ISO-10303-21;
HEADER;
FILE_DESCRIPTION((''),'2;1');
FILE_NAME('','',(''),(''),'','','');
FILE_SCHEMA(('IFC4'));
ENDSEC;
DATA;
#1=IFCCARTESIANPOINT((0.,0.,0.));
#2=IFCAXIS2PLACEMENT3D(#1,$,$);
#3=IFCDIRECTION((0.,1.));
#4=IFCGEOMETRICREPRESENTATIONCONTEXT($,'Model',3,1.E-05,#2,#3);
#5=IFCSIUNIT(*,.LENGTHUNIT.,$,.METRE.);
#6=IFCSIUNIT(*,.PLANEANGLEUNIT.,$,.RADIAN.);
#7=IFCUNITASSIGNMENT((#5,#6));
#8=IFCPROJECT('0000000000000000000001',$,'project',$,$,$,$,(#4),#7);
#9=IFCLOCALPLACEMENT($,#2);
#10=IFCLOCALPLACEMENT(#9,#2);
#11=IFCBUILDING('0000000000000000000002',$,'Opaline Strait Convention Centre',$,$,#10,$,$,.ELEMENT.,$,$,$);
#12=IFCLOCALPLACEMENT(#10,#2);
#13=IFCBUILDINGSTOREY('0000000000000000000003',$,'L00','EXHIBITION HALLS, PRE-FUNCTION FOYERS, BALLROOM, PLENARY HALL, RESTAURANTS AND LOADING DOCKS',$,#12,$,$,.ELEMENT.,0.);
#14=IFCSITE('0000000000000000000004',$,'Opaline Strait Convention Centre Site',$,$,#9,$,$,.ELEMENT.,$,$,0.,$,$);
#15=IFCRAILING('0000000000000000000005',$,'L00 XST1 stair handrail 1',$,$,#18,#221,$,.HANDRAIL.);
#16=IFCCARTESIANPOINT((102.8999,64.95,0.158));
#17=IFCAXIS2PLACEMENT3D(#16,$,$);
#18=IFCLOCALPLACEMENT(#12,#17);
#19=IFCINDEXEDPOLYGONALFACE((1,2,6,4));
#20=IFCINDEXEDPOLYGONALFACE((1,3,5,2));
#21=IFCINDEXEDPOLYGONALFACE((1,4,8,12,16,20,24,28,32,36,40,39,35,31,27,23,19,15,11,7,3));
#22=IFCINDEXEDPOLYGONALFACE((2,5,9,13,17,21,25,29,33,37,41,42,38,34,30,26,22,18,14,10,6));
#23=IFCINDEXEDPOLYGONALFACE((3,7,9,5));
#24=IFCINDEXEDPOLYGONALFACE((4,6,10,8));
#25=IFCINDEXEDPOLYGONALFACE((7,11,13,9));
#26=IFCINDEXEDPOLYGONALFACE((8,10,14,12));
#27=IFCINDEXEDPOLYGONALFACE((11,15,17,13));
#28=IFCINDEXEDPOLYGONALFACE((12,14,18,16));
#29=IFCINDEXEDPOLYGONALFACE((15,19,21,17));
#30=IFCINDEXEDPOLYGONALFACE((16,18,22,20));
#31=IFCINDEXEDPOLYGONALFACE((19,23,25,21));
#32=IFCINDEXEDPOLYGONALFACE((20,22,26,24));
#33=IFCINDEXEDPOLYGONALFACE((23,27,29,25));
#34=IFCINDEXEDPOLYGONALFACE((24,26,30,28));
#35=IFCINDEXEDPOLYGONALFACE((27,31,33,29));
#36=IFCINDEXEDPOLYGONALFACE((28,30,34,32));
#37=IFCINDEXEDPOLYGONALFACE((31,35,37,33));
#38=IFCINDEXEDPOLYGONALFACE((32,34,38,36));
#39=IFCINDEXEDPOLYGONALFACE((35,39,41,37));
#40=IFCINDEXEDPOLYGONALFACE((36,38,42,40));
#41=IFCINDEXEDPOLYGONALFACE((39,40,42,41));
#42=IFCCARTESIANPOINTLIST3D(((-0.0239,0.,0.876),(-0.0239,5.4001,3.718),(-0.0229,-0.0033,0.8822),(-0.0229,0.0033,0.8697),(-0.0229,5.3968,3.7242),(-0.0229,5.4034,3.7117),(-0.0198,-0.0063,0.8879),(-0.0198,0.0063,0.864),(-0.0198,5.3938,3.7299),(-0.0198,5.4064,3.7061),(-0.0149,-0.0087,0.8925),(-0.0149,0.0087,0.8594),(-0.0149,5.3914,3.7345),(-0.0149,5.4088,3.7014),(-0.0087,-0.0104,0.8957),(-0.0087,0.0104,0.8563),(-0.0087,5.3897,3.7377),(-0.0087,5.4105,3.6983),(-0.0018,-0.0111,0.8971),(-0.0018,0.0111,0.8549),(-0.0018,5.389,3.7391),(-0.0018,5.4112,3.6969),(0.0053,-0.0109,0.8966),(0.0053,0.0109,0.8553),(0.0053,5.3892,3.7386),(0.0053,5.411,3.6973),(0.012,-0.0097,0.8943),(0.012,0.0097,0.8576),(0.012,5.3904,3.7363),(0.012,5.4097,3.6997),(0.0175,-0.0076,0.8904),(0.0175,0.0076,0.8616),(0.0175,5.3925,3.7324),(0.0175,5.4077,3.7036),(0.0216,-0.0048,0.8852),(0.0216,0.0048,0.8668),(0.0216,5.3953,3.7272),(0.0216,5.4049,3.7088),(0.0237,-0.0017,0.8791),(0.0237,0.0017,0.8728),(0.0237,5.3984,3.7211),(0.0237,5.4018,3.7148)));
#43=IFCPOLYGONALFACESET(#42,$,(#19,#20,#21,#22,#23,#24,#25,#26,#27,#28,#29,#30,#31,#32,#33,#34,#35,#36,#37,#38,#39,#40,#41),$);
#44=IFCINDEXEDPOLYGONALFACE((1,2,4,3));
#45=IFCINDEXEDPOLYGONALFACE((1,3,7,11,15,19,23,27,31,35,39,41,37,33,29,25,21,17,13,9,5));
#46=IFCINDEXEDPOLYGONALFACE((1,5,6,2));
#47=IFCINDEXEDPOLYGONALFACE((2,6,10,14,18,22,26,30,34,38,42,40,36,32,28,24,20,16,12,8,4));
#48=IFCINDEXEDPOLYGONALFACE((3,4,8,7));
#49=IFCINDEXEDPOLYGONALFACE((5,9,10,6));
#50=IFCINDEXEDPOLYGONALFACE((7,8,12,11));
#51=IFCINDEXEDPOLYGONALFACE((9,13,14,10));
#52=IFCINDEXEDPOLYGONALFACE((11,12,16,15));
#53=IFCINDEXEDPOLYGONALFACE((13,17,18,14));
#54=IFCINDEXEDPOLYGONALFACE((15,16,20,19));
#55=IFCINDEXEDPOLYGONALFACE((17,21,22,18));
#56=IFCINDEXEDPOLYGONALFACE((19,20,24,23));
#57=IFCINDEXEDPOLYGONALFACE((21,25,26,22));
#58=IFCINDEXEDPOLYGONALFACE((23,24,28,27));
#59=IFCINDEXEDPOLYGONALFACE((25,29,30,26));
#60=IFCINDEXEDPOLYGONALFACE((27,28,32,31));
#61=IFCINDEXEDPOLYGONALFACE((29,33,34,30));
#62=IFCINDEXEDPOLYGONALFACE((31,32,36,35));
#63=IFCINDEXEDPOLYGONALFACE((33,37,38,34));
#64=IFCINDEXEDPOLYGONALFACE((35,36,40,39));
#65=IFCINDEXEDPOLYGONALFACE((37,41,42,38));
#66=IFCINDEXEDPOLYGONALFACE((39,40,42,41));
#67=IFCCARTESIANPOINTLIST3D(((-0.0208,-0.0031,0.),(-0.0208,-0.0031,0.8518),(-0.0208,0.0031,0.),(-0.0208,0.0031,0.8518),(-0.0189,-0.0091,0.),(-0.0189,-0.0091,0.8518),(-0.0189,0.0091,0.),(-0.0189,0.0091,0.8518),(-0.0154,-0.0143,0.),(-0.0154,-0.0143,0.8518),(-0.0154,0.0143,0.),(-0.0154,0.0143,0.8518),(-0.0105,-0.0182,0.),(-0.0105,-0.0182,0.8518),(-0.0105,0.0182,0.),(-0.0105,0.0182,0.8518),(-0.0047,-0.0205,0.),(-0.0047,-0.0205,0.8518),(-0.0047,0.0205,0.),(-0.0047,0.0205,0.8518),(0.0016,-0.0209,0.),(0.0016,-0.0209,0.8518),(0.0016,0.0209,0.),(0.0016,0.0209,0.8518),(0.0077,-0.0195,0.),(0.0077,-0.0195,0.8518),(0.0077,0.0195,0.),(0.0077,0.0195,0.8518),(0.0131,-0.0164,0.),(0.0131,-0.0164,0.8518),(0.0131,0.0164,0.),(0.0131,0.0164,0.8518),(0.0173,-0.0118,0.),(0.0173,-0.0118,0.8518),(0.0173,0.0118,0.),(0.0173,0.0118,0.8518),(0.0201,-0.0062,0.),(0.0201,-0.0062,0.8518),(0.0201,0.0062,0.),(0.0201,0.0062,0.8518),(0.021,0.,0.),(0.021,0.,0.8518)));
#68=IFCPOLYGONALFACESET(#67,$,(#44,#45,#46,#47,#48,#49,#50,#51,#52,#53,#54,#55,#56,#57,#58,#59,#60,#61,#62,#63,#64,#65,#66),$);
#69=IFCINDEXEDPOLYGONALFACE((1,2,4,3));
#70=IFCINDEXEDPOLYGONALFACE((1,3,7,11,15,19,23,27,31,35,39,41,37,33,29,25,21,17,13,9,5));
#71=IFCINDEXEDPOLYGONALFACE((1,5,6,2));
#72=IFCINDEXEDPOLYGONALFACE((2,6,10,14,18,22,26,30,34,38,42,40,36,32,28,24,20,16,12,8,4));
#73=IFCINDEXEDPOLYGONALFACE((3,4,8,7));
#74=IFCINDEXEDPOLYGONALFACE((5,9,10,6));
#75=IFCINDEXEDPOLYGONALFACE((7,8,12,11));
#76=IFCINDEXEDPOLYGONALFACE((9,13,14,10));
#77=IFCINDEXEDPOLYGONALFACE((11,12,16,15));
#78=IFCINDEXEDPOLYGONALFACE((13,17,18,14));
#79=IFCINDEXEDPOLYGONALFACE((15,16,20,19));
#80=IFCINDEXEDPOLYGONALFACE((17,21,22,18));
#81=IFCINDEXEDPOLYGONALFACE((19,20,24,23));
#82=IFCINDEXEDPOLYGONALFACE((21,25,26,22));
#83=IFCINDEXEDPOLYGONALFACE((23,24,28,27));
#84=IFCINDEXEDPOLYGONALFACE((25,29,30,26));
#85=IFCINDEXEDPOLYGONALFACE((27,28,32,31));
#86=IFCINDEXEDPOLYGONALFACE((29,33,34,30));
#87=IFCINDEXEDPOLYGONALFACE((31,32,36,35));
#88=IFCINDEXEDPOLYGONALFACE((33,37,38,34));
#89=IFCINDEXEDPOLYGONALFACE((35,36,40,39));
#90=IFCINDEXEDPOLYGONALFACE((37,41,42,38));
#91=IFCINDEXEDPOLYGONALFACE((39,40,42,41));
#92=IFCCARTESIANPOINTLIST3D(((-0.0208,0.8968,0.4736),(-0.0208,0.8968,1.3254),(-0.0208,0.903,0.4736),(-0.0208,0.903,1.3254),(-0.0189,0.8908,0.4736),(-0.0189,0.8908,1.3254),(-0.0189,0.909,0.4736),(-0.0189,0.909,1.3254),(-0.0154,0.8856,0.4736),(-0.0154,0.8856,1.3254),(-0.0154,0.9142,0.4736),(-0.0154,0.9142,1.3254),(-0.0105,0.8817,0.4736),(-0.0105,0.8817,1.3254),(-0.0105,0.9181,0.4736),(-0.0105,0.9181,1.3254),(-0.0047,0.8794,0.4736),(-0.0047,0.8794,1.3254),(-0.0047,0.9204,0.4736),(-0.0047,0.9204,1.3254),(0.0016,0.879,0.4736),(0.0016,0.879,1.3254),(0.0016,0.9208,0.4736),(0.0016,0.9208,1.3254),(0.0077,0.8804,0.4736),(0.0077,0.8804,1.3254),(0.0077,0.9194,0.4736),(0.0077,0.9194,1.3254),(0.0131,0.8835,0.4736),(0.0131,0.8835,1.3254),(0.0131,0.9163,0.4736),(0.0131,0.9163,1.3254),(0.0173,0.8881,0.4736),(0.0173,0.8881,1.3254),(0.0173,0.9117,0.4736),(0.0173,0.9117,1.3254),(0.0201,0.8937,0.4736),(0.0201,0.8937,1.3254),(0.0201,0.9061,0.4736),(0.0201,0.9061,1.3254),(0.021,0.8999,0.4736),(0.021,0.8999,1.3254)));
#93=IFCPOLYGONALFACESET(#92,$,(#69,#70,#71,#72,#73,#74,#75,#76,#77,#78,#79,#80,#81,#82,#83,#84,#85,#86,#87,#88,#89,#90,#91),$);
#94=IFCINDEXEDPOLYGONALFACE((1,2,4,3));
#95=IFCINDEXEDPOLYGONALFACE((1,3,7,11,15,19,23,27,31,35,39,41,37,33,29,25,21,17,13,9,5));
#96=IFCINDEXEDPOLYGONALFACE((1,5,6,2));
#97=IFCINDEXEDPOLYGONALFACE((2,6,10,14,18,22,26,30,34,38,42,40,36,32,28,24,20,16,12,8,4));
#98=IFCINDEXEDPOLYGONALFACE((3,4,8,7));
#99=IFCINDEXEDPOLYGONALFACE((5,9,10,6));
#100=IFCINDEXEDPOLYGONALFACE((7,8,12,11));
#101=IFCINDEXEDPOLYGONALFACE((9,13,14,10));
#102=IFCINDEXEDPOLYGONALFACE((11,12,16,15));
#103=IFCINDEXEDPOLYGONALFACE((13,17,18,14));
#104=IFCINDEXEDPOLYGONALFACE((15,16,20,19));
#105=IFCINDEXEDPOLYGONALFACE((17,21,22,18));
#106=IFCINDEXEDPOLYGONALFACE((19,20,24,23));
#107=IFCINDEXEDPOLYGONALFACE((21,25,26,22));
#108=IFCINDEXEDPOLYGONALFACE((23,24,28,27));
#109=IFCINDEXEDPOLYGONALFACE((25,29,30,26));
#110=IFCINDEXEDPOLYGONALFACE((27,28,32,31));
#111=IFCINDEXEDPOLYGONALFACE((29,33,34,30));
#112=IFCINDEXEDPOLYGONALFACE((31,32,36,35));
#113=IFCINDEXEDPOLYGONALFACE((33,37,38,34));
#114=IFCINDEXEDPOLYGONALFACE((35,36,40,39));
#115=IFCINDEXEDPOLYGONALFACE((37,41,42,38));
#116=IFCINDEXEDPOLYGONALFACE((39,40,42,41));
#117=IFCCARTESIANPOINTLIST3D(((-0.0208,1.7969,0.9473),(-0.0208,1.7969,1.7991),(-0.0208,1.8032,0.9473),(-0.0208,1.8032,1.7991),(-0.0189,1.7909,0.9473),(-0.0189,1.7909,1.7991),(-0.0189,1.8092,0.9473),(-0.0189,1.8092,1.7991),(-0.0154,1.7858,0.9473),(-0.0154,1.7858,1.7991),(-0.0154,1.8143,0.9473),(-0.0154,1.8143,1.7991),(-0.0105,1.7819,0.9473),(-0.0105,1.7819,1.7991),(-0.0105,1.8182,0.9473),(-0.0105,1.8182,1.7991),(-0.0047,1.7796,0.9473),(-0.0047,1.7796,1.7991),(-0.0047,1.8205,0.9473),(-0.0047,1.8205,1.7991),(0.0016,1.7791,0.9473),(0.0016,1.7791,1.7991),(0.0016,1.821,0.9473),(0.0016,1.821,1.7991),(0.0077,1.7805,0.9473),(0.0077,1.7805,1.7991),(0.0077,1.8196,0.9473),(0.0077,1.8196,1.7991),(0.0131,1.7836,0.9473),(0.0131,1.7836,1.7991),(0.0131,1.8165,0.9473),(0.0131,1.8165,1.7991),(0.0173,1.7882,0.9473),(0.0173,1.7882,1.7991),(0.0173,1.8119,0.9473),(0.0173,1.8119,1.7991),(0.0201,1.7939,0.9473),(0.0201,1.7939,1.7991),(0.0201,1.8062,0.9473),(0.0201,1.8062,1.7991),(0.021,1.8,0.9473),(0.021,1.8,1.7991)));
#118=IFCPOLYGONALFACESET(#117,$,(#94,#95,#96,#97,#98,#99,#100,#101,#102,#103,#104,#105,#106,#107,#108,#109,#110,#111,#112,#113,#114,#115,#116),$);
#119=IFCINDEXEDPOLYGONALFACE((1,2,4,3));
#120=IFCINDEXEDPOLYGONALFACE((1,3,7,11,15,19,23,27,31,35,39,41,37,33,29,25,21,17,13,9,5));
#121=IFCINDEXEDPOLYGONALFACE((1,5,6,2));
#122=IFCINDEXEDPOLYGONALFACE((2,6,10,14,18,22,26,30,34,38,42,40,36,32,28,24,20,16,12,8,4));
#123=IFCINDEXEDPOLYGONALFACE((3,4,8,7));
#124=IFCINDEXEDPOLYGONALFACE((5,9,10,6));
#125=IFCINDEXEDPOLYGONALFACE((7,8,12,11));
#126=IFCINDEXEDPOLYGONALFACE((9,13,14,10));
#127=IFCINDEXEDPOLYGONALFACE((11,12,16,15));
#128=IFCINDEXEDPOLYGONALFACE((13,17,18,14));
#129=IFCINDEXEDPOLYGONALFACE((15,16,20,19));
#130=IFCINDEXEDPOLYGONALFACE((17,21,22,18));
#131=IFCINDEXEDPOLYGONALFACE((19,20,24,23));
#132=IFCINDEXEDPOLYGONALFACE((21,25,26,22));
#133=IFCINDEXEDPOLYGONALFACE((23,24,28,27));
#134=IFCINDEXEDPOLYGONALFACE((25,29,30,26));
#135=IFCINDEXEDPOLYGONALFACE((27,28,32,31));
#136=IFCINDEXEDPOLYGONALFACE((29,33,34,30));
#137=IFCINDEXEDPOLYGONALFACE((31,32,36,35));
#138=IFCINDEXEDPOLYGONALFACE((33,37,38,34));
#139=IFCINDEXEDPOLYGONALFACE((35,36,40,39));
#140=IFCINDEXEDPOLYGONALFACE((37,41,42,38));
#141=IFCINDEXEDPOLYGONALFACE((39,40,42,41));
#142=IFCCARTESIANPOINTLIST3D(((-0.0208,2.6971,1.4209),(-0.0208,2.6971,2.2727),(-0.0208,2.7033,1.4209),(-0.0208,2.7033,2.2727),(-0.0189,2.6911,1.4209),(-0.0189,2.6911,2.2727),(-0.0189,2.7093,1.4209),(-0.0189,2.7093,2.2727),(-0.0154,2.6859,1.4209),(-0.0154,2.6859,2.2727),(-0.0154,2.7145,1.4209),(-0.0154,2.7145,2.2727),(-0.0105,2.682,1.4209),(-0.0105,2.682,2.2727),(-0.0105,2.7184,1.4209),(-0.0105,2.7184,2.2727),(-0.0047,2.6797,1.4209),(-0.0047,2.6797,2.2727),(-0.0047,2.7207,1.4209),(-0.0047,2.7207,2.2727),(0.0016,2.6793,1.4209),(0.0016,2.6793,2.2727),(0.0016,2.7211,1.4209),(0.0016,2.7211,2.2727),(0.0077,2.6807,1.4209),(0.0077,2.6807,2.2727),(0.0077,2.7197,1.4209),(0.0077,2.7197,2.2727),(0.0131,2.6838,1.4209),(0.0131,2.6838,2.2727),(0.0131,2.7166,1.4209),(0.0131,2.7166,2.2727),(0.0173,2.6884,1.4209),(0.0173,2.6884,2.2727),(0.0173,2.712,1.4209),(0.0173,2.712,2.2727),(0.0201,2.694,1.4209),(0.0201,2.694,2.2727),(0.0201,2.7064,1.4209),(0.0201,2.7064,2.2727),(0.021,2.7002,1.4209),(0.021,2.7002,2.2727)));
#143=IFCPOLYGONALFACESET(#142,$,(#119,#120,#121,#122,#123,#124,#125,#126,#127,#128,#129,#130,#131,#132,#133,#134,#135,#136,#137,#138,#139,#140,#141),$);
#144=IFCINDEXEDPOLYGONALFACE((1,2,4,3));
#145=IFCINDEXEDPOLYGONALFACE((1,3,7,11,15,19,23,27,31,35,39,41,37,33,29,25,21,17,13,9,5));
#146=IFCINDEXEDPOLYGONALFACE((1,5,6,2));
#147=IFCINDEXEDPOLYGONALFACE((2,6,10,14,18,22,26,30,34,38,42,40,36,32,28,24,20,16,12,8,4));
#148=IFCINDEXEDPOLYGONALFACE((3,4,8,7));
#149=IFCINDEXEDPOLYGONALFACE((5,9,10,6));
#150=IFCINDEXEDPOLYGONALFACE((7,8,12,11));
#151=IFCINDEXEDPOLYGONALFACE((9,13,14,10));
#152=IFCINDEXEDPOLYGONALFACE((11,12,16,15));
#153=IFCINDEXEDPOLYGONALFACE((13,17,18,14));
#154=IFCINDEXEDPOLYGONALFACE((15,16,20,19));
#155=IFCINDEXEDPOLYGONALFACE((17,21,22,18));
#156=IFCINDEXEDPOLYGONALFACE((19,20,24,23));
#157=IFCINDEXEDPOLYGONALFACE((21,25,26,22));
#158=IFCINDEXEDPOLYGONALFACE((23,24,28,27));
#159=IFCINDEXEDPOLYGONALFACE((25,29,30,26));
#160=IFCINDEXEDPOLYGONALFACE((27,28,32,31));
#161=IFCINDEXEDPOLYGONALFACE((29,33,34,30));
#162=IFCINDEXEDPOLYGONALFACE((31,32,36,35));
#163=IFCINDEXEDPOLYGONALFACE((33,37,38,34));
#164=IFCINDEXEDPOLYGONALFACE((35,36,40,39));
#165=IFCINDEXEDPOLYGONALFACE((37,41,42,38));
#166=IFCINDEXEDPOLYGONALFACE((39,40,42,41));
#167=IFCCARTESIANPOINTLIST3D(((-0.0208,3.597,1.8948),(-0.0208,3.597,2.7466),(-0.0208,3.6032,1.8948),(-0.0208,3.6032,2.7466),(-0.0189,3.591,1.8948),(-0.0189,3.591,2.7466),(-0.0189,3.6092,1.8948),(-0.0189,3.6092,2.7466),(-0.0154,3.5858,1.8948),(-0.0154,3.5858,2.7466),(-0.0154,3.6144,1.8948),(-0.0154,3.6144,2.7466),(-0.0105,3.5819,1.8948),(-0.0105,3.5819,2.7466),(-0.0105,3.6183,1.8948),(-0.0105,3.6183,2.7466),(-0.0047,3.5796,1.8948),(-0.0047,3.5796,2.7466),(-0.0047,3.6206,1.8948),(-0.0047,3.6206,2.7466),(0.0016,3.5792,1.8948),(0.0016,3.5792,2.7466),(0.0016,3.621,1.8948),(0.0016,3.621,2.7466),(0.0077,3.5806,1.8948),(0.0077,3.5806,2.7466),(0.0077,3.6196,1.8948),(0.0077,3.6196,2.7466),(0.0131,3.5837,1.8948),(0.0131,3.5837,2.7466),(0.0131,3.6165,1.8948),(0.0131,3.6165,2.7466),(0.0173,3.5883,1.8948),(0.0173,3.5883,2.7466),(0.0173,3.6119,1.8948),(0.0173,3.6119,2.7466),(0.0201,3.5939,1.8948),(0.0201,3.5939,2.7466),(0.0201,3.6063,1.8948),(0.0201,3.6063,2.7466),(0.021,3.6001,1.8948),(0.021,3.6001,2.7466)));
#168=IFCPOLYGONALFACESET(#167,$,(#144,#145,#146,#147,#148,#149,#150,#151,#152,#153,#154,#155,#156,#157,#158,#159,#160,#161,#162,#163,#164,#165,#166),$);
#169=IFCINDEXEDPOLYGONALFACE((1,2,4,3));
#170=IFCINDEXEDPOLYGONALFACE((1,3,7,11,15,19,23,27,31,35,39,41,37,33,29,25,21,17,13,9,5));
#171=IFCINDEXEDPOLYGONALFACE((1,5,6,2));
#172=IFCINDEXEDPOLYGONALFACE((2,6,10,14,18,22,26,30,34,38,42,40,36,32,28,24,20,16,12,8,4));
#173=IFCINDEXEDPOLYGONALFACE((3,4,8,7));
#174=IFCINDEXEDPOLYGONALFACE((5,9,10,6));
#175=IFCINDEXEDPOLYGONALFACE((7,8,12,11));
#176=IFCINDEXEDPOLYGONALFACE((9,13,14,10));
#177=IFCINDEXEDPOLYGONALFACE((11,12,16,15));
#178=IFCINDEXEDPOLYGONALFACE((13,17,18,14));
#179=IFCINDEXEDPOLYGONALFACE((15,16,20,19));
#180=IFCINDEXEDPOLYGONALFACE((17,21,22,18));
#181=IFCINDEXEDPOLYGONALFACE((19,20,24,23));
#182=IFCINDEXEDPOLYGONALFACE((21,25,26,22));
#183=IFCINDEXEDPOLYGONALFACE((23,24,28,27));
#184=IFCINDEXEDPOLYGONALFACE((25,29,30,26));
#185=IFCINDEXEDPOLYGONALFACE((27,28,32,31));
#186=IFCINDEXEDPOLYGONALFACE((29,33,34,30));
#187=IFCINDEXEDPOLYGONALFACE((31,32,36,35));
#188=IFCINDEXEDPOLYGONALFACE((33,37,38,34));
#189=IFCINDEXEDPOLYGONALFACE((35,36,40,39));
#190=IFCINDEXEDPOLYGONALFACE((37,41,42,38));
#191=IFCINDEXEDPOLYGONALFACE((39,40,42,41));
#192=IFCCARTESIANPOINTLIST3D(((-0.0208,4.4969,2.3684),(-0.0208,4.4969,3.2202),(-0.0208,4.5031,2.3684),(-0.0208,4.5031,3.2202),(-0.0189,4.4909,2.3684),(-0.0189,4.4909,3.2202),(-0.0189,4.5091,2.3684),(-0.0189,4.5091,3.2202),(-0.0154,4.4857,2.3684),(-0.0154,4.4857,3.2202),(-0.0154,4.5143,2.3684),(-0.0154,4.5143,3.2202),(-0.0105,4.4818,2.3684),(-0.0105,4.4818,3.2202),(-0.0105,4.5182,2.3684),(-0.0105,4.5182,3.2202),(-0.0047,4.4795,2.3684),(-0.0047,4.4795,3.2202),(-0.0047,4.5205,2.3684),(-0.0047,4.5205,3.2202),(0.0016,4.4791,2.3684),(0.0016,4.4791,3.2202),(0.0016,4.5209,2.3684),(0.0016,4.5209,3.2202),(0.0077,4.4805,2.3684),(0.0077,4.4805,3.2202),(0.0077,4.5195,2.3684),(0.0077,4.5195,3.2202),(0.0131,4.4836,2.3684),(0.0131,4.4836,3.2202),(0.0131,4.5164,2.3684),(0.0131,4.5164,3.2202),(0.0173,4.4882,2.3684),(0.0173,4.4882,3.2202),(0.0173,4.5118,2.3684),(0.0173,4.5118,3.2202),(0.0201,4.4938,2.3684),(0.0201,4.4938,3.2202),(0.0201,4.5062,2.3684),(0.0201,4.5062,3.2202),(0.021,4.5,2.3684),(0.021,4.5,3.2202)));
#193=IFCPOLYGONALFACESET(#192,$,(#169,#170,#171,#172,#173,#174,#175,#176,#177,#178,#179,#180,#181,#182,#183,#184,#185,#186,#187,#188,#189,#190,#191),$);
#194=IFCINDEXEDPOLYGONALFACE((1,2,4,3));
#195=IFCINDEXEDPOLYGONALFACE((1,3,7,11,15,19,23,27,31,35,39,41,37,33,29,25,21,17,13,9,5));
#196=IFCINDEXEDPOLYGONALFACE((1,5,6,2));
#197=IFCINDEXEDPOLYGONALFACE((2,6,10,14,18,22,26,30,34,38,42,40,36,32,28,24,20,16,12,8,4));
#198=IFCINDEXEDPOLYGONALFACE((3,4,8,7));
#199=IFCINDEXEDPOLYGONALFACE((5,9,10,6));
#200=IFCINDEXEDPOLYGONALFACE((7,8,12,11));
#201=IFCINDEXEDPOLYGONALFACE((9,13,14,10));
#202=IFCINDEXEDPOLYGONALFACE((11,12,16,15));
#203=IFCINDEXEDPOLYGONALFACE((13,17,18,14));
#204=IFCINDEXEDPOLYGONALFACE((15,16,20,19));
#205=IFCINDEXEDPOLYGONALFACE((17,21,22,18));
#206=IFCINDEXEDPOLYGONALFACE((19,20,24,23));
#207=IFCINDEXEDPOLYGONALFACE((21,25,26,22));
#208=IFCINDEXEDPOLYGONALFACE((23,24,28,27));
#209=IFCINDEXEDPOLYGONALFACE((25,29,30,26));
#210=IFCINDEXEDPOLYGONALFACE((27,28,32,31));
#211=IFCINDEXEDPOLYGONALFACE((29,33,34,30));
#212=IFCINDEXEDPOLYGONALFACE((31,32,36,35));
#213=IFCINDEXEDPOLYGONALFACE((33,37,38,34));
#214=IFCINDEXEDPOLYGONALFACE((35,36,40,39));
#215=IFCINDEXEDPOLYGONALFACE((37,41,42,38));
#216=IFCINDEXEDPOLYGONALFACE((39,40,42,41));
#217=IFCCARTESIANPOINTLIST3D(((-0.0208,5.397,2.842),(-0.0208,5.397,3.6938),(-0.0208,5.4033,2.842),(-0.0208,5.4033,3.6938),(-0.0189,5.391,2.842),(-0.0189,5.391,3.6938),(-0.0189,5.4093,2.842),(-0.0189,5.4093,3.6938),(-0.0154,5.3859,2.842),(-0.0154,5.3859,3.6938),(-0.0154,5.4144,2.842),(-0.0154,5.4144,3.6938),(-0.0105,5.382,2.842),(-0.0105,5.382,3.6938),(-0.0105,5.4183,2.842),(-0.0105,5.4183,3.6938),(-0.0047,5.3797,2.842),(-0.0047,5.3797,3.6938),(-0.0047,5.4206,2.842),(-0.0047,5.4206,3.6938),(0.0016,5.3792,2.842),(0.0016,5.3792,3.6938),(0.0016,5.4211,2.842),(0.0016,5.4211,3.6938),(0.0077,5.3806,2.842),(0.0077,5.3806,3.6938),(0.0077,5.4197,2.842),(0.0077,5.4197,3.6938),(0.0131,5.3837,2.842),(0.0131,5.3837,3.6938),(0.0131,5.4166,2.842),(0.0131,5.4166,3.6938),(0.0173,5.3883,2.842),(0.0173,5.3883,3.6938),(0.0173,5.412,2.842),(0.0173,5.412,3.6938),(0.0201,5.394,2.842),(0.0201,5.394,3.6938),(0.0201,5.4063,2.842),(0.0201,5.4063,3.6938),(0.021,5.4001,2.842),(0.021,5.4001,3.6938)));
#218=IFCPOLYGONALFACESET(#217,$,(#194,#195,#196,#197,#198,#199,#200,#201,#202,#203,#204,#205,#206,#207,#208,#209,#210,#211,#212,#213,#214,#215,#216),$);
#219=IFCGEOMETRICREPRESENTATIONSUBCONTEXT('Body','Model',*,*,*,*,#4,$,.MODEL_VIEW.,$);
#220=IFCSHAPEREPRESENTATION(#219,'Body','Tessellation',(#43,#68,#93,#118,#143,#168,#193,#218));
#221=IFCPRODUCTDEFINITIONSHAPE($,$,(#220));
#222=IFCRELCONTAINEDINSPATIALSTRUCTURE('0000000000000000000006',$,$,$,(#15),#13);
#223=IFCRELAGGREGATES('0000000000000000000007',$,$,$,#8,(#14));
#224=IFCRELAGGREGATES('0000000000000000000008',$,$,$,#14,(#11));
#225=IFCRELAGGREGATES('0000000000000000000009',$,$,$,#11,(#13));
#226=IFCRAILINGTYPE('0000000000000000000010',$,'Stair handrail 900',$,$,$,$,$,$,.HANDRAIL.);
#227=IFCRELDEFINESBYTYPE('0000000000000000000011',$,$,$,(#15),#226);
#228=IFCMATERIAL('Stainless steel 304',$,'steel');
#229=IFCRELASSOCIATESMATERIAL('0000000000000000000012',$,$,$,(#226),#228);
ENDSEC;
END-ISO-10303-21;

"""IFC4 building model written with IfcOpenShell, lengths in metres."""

from ifc_helpers import new_model, si_unit, direction, frame, origin, origin_2d, place, context, subcontext, project, spatial, circle, extrude, material, type_object, element, save


model = new_model("IFC4")

# Units and contexts
model_context = context("Model", 3, precision=1e-05, world=origin(), true_north=direction((0.0, 1.0)))
body_context = subcontext(model_context, "Body", "Model", "MODEL_VIEW")
ifc_project = project(units=[si_unit("LENGTHUNIT", "METRE"), si_unit("PLANEANGLEUNIT", "RADIAN")], contexts=[model_context])

# Site, building, storey
site_placement = place(None, origin())
site = spatial("IfcSite", under=ifc_project, at=site_placement, Name="Opaline Strait Convention Centre Site", CompositionType="ELEMENT", RefElevation=0.0)
building_placement = place(site_placement, origin())
building = spatial("IfcBuilding", under=site, at=building_placement, Name="Opaline Strait Convention Centre", CompositionType="ELEMENT")
storey_placement = place(building_placement, origin())
storey = spatial("IfcBuildingStorey", under=building, at=storey_placement, Name="L00", Description="EXHIBITION HALLS, PRE-FUNCTION FOYERS, BALLROOM, PLENARY HALL, RESTAURANTS AND LOADING DOCKS", CompositionType="ELEMENT", Elevation=0.0)

# Railing
ifc_material_1 = material(Name="Stainless steel 304", Category="steel")
railing_type_1 = type_object("IfcRailingType", Name="Stair handrail 900", PredefinedType="HANDRAIL", material=ifc_material_1)
railing_1_placement = place(storey_placement, frame((102.8999, 64.95, 0.158)))
element("IfcRailing", 1, at=railing_1_placement, inside=storey, type_object=railing_type_1, Name="L00 XST1 stair handrail 1", PredefinedType="HANDRAIL", context=body_context, shape_type="SweptSolid", body=[
    extrude(circle(Radius=0.0239, at=origin_2d()), frame((0.0, 0.0, 0.876), z_axis=(0.0, 0.884928, 0.465728), x_axis=(-1.0, 0.0, 0.0)), (0.0, 0.0, 1.0), 6.1023),
    extrude(circle(Radius=0.021, at=origin_2d()), origin(), (0.0, 0.0, 1.0), 0.8518),
    extrude(circle(Radius=0.021, at=origin_2d()), frame((0.0, 0.8999, 0.4736)), (0.0, 0.0, 1.0), 0.8518),
    extrude(circle(Radius=0.021, at=origin_2d()), frame((0.0, 1.8, 0.9473)), (0.0, 0.0, 1.0), 0.8518),
    extrude(circle(Radius=0.021, at=origin_2d()), frame((0.0, 2.7002, 1.4209)), (0.0, 0.0, 1.0), 0.8518),
    extrude(circle(Radius=0.021, at=origin_2d()), frame((0.0, 3.6001, 1.8948)), (0.0, 0.0, 1.0), 0.8518),
    extrude(circle(Radius=0.021, at=origin_2d()), frame((0.0, 4.5, 2.3684)), (0.0, 0.0, 1.0), 0.8518),
    extrude(circle(Radius=0.021, at=origin_2d()), frame((0.0, 5.4001, 2.842)), (0.0, 0.0, 1.0), 0.8518),
])

save(model, "model.ifc")
